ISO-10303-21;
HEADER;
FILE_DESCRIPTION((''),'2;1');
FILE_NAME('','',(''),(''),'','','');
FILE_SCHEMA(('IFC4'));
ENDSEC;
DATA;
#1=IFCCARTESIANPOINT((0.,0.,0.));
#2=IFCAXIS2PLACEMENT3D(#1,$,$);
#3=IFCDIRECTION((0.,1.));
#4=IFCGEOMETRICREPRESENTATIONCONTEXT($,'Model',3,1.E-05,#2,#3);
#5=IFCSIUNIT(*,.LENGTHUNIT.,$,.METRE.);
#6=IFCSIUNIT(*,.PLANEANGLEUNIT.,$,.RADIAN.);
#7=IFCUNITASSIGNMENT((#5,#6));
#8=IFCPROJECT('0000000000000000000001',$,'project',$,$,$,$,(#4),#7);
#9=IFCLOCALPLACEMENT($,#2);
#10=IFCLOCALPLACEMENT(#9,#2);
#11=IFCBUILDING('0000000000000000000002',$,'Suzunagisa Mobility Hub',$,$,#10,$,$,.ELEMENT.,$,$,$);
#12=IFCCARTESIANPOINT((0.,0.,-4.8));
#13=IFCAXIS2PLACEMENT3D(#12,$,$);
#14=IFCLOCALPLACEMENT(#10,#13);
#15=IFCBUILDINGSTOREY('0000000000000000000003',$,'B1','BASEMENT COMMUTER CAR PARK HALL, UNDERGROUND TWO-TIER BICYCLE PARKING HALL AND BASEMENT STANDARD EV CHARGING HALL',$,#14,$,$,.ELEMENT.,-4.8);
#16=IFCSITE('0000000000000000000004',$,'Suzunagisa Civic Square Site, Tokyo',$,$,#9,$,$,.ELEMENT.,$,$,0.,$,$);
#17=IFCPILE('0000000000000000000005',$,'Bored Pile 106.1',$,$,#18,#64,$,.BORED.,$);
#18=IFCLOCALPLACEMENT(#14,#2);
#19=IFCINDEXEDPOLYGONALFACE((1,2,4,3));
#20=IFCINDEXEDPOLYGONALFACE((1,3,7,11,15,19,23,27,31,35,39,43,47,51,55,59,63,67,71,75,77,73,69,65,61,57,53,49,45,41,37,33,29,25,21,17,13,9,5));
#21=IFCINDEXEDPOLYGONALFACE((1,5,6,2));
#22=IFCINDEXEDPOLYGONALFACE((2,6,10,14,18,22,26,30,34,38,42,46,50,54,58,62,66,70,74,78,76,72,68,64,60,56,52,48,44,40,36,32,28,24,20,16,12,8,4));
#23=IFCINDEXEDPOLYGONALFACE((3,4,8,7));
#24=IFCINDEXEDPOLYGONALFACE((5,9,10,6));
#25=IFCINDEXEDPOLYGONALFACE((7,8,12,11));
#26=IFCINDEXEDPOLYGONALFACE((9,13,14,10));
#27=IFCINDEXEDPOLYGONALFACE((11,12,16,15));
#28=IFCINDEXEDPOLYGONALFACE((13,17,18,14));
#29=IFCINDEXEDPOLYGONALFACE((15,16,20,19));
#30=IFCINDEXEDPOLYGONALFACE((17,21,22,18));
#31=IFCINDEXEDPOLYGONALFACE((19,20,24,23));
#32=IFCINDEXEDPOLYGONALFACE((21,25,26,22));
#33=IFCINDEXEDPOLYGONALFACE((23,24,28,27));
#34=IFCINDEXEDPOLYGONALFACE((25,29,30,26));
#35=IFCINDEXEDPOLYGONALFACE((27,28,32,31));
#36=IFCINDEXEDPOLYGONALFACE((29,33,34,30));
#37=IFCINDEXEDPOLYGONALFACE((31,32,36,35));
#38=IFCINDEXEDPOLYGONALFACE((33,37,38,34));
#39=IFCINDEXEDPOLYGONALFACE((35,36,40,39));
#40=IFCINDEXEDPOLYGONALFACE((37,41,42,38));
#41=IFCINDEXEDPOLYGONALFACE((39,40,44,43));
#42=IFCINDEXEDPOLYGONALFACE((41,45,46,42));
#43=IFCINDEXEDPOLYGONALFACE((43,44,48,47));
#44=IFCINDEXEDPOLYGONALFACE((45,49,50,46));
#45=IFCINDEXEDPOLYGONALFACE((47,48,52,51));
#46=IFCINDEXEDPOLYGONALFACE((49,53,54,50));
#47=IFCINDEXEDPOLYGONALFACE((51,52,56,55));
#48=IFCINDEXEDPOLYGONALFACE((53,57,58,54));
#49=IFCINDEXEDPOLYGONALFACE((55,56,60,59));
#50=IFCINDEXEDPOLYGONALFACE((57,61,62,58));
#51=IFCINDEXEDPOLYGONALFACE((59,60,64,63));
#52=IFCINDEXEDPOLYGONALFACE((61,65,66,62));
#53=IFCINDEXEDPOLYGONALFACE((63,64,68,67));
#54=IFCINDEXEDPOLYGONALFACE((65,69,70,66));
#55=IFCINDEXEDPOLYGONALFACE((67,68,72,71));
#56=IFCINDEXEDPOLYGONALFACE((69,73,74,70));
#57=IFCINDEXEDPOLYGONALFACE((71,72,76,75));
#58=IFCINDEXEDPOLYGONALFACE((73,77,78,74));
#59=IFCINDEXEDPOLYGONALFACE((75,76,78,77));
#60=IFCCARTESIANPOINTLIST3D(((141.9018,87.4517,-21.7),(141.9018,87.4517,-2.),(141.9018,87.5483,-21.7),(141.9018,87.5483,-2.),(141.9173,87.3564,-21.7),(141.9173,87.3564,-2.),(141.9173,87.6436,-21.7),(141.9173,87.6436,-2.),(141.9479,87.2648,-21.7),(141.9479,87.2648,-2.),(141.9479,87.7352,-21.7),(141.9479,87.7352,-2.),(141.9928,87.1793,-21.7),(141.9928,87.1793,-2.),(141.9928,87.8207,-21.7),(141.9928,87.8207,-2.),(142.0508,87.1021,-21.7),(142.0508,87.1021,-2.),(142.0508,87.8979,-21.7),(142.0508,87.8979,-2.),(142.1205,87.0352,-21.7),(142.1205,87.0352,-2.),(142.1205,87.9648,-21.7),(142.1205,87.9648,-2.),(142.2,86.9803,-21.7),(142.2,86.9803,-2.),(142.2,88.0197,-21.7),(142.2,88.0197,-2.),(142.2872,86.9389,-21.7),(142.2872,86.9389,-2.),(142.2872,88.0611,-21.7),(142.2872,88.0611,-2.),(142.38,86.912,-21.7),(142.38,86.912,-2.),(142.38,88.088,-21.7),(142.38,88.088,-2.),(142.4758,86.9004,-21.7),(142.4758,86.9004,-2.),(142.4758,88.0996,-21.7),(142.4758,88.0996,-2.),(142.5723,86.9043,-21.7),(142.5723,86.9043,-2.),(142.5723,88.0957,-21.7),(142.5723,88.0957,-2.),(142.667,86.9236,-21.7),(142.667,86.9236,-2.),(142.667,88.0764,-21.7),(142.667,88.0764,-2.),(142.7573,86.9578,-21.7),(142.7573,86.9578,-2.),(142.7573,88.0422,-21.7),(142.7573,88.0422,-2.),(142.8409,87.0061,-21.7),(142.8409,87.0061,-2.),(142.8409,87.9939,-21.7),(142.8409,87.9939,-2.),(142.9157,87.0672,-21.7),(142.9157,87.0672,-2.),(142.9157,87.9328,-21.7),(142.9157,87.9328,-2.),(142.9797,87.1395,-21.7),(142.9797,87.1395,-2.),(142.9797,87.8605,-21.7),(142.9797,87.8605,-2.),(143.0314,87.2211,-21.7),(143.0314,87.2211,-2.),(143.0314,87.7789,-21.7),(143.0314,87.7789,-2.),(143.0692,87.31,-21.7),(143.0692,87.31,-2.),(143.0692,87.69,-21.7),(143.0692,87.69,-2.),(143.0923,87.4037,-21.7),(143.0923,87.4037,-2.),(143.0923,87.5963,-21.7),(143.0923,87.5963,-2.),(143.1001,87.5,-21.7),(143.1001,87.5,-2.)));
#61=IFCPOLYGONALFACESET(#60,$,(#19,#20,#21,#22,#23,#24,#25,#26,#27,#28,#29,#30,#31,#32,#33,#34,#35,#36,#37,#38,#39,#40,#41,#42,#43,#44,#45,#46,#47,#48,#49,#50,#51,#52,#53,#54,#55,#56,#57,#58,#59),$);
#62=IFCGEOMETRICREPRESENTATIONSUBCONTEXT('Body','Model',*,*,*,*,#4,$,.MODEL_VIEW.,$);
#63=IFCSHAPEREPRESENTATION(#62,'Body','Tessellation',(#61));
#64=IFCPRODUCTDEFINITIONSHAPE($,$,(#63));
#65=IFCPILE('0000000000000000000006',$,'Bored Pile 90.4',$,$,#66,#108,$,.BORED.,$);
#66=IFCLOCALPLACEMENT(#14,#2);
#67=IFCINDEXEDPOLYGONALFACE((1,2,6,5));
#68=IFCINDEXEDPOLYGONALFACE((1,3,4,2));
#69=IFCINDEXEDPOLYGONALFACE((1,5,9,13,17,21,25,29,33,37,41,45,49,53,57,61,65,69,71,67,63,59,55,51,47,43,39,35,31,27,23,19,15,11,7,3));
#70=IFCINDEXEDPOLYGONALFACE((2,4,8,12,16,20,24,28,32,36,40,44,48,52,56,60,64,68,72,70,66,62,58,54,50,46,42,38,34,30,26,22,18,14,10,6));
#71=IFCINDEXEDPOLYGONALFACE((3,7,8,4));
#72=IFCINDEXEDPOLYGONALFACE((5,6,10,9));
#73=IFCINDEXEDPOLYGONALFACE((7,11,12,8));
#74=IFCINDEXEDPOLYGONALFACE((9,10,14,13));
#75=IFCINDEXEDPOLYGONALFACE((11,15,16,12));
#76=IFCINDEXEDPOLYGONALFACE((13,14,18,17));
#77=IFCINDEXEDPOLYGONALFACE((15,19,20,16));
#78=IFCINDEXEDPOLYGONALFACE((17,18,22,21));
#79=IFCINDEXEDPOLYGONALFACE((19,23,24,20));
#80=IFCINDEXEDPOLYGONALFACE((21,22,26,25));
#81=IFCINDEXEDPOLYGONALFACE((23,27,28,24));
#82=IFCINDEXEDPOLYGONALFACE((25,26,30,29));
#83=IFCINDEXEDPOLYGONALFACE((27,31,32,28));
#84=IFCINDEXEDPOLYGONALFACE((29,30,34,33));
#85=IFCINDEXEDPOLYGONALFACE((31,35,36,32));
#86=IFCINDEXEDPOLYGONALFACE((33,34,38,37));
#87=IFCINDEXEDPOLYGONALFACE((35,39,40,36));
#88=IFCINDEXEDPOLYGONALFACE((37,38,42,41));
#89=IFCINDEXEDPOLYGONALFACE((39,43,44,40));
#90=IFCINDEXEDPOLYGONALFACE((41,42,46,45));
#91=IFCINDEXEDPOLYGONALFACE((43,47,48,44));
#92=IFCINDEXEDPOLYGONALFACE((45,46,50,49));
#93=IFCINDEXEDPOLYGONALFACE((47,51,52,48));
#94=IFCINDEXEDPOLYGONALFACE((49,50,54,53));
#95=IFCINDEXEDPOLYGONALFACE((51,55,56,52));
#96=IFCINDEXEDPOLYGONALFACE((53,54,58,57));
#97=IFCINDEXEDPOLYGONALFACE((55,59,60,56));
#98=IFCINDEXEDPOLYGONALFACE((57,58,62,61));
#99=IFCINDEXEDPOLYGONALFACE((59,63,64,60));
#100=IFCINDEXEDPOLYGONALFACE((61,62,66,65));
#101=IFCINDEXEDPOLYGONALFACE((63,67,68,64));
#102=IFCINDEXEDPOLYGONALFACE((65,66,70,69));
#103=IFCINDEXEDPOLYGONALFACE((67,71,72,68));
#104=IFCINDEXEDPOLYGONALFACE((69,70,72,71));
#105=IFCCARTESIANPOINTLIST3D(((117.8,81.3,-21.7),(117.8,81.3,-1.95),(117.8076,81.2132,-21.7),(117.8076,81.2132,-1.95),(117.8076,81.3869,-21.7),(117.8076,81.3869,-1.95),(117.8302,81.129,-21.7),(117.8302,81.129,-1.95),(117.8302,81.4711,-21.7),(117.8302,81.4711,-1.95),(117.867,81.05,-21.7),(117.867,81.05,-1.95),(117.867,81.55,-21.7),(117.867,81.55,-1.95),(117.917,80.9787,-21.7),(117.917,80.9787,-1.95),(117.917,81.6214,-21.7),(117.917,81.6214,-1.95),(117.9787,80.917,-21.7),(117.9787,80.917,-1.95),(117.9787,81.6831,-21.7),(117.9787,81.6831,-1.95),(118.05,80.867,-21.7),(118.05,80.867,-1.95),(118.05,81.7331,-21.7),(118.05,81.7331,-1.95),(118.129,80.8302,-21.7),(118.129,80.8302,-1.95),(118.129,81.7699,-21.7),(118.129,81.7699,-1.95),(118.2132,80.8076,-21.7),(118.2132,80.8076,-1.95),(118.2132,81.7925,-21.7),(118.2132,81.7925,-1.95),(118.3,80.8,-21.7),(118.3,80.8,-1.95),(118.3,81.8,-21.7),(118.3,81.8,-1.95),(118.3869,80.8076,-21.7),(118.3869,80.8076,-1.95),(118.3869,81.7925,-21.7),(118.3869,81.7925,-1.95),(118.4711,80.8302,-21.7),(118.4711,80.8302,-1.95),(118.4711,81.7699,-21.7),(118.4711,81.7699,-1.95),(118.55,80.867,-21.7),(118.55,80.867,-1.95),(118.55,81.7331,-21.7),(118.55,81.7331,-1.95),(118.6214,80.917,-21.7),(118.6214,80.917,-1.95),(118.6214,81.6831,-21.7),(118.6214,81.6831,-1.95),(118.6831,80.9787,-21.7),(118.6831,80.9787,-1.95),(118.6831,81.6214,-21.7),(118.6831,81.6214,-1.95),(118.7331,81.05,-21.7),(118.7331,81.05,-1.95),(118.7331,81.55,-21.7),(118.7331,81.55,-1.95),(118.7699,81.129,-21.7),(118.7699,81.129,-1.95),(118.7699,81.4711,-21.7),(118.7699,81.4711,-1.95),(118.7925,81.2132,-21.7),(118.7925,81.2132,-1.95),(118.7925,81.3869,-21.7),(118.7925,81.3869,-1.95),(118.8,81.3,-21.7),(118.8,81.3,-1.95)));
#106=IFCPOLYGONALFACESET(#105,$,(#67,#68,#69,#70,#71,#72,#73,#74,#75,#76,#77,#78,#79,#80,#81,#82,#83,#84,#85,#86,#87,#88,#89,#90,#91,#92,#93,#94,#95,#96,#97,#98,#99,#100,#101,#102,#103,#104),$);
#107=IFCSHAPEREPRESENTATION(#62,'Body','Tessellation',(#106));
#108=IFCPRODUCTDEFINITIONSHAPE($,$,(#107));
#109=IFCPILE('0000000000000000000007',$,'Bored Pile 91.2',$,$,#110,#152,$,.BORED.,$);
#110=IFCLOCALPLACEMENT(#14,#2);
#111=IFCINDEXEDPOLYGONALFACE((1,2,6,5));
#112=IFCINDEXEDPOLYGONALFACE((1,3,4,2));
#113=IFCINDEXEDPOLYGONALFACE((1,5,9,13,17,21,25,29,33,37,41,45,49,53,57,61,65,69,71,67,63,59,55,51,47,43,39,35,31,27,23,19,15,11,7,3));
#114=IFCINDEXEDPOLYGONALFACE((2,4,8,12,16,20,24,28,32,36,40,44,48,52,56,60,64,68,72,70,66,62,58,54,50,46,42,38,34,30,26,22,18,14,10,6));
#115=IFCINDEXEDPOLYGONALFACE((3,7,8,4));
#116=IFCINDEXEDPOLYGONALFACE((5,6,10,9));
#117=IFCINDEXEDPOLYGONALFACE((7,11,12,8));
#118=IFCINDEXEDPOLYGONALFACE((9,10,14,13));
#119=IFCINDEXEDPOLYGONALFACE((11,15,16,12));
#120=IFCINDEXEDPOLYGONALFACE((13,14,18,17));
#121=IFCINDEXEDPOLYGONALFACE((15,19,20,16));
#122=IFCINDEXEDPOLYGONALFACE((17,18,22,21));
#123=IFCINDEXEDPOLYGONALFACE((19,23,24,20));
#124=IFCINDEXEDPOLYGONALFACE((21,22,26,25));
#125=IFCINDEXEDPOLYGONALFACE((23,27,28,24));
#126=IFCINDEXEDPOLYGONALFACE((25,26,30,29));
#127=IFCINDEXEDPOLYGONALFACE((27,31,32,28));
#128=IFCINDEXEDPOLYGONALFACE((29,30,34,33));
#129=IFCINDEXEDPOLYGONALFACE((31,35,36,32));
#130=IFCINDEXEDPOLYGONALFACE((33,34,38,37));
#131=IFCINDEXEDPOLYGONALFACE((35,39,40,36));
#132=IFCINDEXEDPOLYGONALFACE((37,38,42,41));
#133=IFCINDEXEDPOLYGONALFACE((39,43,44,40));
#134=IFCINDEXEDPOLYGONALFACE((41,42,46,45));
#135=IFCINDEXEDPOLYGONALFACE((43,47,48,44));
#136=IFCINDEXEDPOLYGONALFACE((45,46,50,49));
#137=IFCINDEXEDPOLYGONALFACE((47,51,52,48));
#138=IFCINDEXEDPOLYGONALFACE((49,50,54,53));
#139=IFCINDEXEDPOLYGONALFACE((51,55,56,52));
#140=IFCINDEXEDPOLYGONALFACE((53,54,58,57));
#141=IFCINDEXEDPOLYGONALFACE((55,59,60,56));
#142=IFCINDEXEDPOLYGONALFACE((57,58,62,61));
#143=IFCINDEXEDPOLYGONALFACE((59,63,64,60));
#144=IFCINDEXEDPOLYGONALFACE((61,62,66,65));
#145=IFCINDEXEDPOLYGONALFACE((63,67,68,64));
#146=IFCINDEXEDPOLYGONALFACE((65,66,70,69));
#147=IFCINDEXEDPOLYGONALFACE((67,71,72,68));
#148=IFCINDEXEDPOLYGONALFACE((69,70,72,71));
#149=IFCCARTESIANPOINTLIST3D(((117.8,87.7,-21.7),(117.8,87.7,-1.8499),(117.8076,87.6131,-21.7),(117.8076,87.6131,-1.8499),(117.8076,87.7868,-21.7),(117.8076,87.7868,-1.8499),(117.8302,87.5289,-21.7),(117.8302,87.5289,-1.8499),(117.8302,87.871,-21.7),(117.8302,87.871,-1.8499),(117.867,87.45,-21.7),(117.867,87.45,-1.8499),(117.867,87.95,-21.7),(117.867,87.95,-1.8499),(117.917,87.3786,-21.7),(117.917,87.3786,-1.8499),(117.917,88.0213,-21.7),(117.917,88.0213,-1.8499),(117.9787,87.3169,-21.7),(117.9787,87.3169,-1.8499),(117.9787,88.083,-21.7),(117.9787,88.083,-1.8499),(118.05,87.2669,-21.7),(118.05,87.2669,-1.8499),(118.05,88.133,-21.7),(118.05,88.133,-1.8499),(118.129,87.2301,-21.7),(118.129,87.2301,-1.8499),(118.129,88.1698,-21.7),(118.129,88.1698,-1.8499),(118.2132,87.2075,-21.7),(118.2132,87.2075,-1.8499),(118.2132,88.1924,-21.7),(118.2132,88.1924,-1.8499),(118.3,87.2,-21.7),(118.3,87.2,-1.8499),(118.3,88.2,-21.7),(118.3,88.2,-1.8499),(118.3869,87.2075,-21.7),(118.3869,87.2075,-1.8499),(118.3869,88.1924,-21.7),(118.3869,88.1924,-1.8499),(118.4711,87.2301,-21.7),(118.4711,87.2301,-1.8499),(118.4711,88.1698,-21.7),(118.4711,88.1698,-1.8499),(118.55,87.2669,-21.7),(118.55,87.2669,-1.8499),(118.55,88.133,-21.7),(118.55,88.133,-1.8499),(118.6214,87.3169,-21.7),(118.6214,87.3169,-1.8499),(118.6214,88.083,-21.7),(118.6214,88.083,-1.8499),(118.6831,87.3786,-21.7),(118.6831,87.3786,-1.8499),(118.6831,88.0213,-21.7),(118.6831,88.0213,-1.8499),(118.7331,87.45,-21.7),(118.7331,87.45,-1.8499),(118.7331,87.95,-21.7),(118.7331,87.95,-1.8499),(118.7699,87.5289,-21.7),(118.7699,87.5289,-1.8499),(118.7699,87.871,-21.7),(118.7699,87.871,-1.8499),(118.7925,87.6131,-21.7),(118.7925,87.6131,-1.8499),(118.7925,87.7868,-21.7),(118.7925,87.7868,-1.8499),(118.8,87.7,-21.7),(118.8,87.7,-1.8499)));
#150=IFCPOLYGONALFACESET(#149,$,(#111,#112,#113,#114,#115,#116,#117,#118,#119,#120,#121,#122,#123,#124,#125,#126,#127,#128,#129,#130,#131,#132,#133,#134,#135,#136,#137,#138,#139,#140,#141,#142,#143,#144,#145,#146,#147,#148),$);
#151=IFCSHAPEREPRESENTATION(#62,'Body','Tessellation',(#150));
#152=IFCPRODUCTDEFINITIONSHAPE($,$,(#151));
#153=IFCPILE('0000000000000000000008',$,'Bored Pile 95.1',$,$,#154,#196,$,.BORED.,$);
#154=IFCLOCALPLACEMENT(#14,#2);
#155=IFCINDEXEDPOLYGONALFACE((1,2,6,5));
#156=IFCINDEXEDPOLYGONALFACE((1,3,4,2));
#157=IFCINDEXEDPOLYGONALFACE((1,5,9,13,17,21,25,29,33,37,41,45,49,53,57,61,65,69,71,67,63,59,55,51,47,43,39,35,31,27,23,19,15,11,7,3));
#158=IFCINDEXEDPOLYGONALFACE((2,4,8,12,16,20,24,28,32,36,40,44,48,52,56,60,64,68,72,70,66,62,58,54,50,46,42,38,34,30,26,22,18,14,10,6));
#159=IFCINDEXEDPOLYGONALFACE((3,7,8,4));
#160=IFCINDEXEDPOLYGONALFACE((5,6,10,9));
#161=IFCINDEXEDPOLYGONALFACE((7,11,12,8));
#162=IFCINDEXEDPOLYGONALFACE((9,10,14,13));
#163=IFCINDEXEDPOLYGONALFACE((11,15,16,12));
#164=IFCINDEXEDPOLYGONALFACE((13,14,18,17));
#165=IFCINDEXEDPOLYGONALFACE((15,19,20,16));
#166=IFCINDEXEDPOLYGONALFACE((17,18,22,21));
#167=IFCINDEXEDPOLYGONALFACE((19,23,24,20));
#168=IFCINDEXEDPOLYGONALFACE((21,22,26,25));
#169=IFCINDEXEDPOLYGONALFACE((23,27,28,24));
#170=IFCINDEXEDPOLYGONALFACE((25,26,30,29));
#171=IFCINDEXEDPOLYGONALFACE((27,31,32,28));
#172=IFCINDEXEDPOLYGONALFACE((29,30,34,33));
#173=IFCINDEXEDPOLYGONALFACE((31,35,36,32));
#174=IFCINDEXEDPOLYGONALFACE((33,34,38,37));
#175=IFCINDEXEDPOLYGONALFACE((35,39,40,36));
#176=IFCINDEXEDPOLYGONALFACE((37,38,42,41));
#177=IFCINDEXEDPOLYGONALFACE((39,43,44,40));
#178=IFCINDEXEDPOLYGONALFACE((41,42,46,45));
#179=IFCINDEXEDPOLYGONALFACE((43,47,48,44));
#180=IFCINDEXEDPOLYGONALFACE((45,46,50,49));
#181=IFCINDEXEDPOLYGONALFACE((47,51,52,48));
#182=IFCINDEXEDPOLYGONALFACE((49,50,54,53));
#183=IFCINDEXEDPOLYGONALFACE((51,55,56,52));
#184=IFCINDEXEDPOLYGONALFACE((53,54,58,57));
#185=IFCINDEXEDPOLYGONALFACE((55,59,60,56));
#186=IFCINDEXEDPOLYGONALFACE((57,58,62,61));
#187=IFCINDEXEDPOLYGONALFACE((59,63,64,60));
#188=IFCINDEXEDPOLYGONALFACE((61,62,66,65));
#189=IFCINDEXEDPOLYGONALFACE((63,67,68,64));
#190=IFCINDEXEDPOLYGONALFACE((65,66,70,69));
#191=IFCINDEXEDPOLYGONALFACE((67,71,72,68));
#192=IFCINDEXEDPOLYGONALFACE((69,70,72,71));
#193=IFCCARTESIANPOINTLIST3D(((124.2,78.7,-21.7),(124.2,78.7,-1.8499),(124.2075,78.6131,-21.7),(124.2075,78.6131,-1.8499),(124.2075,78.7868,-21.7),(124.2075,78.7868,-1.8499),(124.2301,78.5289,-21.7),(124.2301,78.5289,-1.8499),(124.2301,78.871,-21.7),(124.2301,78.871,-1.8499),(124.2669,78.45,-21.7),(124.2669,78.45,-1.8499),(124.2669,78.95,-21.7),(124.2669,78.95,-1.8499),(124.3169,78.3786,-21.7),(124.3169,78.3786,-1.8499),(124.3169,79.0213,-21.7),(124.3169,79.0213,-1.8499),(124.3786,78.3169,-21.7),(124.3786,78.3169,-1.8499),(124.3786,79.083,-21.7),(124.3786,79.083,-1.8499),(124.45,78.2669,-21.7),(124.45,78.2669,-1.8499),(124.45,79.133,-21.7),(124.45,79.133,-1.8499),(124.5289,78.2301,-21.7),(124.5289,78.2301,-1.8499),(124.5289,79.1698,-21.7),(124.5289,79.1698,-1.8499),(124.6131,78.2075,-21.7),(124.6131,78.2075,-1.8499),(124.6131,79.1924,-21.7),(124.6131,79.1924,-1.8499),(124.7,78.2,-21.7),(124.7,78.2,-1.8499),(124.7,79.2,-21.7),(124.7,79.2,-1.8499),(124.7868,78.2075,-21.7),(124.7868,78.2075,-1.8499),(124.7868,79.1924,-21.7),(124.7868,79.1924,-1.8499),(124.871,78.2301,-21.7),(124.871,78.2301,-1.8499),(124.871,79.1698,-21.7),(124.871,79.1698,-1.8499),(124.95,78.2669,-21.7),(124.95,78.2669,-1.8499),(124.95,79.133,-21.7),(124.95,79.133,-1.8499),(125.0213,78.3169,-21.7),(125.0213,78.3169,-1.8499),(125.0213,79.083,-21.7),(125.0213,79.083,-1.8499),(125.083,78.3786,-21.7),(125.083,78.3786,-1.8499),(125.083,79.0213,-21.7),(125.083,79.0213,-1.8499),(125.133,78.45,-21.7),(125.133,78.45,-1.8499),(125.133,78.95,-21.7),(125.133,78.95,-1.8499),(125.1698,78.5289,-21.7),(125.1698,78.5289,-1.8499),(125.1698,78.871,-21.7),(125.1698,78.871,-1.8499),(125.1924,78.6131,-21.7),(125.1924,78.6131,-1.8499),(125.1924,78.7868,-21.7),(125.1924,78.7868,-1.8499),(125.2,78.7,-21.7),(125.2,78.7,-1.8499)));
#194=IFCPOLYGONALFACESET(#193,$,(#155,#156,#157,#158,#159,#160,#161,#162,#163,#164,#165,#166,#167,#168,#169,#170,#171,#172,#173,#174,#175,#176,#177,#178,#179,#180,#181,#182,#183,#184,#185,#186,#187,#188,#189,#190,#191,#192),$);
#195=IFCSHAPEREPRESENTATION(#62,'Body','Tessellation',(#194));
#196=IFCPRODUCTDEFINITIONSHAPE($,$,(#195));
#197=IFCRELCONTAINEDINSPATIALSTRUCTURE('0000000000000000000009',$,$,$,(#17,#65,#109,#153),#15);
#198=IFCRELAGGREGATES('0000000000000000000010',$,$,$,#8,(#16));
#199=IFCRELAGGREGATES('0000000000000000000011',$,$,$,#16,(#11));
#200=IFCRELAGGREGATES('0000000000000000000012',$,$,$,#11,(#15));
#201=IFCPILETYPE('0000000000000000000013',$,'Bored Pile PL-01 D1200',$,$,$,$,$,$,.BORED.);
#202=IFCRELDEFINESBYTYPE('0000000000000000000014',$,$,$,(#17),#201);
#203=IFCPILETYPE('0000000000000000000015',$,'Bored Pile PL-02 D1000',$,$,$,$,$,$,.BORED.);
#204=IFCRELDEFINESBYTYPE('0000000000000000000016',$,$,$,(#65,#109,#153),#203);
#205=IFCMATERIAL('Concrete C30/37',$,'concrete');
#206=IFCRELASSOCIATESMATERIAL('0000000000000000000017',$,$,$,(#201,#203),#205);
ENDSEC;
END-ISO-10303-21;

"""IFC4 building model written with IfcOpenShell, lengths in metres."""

from ifc_helpers import new_model, si_unit, direction, frame, origin, origin_2d, place, context, subcontext, project, spatial, circle, extrude, material, material_profile, profile_set, type_object, element, save


model = new_model("IFC4")

# Units and contexts
model_context = context("Model", 3, precision=1e-05, world=origin(), true_north=direction((0.0, 1.0)))
body_context = subcontext(model_context, "Body", "Model", "MODEL_VIEW")
ifc_project = project(units=[si_unit("LENGTHUNIT", "METRE"), si_unit("PLANEANGLEUNIT", "RADIAN")], contexts=[model_context])

# Site, building, storey
site_placement = place(None, origin())
site = spatial("IfcSite", under=ifc_project, at=site_placement, Name="Suzunagisa Civic Square Site, Tokyo", CompositionType="ELEMENT", RefElevation=0.0)
building_placement = place(site_placement, origin())
building = spatial("IfcBuilding", under=site, at=building_placement, Name="Suzunagisa Mobility Hub", CompositionType="ELEMENT")
storey_placement = place(building_placement, frame((0.0, 0.0, -4.8)))
storey = spatial("IfcBuildingStorey", under=building, at=storey_placement, Name="B1", Description="BASEMENT COMMUTER CAR PARK HALL, UNDERGROUND TWO-TIER BICYCLE PARKING HALL AND BASEMENT STANDARD EV CHARGING HALL", CompositionType="ELEMENT", Elevation=-4.8)

# Piles
ifc_material_1 = material(Name="Concrete C30/37", Category="concrete")
ifc_material_profile_1 = material_profile(ifc_material_1, circle(Radius=0.6001, at=origin_2d()), Name="BORED PILE D1200")
ifc_profile_set_1 = profile_set([ifc_material_profile_1], Name="Concrete C30/37")
pile_type_1 = type_object("IfcPileType", Name="Bored Pile PL-01 D1200", PredefinedType="BORED", material=ifc_profile_set_1)
pile_1_placement = place(storey_placement, frame((142.5, 87.5, -2.0), z_axis=(0.0, 0.0, -1.0), x_axis=(1.0, 0.0, 0.0)))
element("IfcPile", 1, at=pile_1_placement, inside=storey, type_object=pile_type_1, Name="Bored Pile 106.1", PredefinedType="BORED", context=body_context, shape_type="SweptSolid", body=[
    extrude(circle(Radius=0.6001, at=origin_2d()), origin(), (0.0, 0.0, 1.0), 19.7),
])
ifc_material_profile_2 = material_profile(ifc_material_1, circle(Radius=0.5, at=origin_2d()), Name="BORED PILE D1000")
ifc_profile_set_2 = profile_set([ifc_material_profile_2], Name="Concrete C30/37")
pile_type_2 = type_object("IfcPileType", Name="Bored Pile PL-02 D1000", PredefinedType="BORED", material=ifc_profile_set_2)
pile_2_placement = place(storey_placement, frame((118.3, 81.3, -1.95), z_axis=(0.0, 0.0, -1.0), x_axis=(1.0, 0.0, 0.0)))
element("IfcPile", 2, at=pile_2_placement, inside=storey, type_object=pile_type_2, Name="Bored Pile 90.4", PredefinedType="BORED", context=body_context, shape_type="SweptSolid", body=[
    extrude(circle(Radius=0.5, at=origin_2d()), origin(), (0.0, 0.0, 1.0), 19.75),
])
for number, where, z_axis, x_axis, name in (
    (3, (118.3, 87.7, -1.8499), (0.0, 0.0, -1.0), (1.0, 0.0, 0.0), "Bored Pile 91.2"),
    (4, (124.7, 78.7, -1.8499), (0.0, 0.0, -1.0), (1.0, 0.0, 0.0), "Bored Pile 95.1"),
):
    element("IfcPile", number, at=place(storey_placement, frame(where, z_axis=z_axis, x_axis=x_axis)), inside=storey, type_object=pile_type_2, Name=name, PredefinedType="BORED", context=body_context, shape_type="SweptSolid", body=[
        extrude(circle(Radius=0.5, at=origin_2d()), origin(), (0.0, 0.0, 1.0), 19.8501),
    ])

save(model, "model.ifc")
